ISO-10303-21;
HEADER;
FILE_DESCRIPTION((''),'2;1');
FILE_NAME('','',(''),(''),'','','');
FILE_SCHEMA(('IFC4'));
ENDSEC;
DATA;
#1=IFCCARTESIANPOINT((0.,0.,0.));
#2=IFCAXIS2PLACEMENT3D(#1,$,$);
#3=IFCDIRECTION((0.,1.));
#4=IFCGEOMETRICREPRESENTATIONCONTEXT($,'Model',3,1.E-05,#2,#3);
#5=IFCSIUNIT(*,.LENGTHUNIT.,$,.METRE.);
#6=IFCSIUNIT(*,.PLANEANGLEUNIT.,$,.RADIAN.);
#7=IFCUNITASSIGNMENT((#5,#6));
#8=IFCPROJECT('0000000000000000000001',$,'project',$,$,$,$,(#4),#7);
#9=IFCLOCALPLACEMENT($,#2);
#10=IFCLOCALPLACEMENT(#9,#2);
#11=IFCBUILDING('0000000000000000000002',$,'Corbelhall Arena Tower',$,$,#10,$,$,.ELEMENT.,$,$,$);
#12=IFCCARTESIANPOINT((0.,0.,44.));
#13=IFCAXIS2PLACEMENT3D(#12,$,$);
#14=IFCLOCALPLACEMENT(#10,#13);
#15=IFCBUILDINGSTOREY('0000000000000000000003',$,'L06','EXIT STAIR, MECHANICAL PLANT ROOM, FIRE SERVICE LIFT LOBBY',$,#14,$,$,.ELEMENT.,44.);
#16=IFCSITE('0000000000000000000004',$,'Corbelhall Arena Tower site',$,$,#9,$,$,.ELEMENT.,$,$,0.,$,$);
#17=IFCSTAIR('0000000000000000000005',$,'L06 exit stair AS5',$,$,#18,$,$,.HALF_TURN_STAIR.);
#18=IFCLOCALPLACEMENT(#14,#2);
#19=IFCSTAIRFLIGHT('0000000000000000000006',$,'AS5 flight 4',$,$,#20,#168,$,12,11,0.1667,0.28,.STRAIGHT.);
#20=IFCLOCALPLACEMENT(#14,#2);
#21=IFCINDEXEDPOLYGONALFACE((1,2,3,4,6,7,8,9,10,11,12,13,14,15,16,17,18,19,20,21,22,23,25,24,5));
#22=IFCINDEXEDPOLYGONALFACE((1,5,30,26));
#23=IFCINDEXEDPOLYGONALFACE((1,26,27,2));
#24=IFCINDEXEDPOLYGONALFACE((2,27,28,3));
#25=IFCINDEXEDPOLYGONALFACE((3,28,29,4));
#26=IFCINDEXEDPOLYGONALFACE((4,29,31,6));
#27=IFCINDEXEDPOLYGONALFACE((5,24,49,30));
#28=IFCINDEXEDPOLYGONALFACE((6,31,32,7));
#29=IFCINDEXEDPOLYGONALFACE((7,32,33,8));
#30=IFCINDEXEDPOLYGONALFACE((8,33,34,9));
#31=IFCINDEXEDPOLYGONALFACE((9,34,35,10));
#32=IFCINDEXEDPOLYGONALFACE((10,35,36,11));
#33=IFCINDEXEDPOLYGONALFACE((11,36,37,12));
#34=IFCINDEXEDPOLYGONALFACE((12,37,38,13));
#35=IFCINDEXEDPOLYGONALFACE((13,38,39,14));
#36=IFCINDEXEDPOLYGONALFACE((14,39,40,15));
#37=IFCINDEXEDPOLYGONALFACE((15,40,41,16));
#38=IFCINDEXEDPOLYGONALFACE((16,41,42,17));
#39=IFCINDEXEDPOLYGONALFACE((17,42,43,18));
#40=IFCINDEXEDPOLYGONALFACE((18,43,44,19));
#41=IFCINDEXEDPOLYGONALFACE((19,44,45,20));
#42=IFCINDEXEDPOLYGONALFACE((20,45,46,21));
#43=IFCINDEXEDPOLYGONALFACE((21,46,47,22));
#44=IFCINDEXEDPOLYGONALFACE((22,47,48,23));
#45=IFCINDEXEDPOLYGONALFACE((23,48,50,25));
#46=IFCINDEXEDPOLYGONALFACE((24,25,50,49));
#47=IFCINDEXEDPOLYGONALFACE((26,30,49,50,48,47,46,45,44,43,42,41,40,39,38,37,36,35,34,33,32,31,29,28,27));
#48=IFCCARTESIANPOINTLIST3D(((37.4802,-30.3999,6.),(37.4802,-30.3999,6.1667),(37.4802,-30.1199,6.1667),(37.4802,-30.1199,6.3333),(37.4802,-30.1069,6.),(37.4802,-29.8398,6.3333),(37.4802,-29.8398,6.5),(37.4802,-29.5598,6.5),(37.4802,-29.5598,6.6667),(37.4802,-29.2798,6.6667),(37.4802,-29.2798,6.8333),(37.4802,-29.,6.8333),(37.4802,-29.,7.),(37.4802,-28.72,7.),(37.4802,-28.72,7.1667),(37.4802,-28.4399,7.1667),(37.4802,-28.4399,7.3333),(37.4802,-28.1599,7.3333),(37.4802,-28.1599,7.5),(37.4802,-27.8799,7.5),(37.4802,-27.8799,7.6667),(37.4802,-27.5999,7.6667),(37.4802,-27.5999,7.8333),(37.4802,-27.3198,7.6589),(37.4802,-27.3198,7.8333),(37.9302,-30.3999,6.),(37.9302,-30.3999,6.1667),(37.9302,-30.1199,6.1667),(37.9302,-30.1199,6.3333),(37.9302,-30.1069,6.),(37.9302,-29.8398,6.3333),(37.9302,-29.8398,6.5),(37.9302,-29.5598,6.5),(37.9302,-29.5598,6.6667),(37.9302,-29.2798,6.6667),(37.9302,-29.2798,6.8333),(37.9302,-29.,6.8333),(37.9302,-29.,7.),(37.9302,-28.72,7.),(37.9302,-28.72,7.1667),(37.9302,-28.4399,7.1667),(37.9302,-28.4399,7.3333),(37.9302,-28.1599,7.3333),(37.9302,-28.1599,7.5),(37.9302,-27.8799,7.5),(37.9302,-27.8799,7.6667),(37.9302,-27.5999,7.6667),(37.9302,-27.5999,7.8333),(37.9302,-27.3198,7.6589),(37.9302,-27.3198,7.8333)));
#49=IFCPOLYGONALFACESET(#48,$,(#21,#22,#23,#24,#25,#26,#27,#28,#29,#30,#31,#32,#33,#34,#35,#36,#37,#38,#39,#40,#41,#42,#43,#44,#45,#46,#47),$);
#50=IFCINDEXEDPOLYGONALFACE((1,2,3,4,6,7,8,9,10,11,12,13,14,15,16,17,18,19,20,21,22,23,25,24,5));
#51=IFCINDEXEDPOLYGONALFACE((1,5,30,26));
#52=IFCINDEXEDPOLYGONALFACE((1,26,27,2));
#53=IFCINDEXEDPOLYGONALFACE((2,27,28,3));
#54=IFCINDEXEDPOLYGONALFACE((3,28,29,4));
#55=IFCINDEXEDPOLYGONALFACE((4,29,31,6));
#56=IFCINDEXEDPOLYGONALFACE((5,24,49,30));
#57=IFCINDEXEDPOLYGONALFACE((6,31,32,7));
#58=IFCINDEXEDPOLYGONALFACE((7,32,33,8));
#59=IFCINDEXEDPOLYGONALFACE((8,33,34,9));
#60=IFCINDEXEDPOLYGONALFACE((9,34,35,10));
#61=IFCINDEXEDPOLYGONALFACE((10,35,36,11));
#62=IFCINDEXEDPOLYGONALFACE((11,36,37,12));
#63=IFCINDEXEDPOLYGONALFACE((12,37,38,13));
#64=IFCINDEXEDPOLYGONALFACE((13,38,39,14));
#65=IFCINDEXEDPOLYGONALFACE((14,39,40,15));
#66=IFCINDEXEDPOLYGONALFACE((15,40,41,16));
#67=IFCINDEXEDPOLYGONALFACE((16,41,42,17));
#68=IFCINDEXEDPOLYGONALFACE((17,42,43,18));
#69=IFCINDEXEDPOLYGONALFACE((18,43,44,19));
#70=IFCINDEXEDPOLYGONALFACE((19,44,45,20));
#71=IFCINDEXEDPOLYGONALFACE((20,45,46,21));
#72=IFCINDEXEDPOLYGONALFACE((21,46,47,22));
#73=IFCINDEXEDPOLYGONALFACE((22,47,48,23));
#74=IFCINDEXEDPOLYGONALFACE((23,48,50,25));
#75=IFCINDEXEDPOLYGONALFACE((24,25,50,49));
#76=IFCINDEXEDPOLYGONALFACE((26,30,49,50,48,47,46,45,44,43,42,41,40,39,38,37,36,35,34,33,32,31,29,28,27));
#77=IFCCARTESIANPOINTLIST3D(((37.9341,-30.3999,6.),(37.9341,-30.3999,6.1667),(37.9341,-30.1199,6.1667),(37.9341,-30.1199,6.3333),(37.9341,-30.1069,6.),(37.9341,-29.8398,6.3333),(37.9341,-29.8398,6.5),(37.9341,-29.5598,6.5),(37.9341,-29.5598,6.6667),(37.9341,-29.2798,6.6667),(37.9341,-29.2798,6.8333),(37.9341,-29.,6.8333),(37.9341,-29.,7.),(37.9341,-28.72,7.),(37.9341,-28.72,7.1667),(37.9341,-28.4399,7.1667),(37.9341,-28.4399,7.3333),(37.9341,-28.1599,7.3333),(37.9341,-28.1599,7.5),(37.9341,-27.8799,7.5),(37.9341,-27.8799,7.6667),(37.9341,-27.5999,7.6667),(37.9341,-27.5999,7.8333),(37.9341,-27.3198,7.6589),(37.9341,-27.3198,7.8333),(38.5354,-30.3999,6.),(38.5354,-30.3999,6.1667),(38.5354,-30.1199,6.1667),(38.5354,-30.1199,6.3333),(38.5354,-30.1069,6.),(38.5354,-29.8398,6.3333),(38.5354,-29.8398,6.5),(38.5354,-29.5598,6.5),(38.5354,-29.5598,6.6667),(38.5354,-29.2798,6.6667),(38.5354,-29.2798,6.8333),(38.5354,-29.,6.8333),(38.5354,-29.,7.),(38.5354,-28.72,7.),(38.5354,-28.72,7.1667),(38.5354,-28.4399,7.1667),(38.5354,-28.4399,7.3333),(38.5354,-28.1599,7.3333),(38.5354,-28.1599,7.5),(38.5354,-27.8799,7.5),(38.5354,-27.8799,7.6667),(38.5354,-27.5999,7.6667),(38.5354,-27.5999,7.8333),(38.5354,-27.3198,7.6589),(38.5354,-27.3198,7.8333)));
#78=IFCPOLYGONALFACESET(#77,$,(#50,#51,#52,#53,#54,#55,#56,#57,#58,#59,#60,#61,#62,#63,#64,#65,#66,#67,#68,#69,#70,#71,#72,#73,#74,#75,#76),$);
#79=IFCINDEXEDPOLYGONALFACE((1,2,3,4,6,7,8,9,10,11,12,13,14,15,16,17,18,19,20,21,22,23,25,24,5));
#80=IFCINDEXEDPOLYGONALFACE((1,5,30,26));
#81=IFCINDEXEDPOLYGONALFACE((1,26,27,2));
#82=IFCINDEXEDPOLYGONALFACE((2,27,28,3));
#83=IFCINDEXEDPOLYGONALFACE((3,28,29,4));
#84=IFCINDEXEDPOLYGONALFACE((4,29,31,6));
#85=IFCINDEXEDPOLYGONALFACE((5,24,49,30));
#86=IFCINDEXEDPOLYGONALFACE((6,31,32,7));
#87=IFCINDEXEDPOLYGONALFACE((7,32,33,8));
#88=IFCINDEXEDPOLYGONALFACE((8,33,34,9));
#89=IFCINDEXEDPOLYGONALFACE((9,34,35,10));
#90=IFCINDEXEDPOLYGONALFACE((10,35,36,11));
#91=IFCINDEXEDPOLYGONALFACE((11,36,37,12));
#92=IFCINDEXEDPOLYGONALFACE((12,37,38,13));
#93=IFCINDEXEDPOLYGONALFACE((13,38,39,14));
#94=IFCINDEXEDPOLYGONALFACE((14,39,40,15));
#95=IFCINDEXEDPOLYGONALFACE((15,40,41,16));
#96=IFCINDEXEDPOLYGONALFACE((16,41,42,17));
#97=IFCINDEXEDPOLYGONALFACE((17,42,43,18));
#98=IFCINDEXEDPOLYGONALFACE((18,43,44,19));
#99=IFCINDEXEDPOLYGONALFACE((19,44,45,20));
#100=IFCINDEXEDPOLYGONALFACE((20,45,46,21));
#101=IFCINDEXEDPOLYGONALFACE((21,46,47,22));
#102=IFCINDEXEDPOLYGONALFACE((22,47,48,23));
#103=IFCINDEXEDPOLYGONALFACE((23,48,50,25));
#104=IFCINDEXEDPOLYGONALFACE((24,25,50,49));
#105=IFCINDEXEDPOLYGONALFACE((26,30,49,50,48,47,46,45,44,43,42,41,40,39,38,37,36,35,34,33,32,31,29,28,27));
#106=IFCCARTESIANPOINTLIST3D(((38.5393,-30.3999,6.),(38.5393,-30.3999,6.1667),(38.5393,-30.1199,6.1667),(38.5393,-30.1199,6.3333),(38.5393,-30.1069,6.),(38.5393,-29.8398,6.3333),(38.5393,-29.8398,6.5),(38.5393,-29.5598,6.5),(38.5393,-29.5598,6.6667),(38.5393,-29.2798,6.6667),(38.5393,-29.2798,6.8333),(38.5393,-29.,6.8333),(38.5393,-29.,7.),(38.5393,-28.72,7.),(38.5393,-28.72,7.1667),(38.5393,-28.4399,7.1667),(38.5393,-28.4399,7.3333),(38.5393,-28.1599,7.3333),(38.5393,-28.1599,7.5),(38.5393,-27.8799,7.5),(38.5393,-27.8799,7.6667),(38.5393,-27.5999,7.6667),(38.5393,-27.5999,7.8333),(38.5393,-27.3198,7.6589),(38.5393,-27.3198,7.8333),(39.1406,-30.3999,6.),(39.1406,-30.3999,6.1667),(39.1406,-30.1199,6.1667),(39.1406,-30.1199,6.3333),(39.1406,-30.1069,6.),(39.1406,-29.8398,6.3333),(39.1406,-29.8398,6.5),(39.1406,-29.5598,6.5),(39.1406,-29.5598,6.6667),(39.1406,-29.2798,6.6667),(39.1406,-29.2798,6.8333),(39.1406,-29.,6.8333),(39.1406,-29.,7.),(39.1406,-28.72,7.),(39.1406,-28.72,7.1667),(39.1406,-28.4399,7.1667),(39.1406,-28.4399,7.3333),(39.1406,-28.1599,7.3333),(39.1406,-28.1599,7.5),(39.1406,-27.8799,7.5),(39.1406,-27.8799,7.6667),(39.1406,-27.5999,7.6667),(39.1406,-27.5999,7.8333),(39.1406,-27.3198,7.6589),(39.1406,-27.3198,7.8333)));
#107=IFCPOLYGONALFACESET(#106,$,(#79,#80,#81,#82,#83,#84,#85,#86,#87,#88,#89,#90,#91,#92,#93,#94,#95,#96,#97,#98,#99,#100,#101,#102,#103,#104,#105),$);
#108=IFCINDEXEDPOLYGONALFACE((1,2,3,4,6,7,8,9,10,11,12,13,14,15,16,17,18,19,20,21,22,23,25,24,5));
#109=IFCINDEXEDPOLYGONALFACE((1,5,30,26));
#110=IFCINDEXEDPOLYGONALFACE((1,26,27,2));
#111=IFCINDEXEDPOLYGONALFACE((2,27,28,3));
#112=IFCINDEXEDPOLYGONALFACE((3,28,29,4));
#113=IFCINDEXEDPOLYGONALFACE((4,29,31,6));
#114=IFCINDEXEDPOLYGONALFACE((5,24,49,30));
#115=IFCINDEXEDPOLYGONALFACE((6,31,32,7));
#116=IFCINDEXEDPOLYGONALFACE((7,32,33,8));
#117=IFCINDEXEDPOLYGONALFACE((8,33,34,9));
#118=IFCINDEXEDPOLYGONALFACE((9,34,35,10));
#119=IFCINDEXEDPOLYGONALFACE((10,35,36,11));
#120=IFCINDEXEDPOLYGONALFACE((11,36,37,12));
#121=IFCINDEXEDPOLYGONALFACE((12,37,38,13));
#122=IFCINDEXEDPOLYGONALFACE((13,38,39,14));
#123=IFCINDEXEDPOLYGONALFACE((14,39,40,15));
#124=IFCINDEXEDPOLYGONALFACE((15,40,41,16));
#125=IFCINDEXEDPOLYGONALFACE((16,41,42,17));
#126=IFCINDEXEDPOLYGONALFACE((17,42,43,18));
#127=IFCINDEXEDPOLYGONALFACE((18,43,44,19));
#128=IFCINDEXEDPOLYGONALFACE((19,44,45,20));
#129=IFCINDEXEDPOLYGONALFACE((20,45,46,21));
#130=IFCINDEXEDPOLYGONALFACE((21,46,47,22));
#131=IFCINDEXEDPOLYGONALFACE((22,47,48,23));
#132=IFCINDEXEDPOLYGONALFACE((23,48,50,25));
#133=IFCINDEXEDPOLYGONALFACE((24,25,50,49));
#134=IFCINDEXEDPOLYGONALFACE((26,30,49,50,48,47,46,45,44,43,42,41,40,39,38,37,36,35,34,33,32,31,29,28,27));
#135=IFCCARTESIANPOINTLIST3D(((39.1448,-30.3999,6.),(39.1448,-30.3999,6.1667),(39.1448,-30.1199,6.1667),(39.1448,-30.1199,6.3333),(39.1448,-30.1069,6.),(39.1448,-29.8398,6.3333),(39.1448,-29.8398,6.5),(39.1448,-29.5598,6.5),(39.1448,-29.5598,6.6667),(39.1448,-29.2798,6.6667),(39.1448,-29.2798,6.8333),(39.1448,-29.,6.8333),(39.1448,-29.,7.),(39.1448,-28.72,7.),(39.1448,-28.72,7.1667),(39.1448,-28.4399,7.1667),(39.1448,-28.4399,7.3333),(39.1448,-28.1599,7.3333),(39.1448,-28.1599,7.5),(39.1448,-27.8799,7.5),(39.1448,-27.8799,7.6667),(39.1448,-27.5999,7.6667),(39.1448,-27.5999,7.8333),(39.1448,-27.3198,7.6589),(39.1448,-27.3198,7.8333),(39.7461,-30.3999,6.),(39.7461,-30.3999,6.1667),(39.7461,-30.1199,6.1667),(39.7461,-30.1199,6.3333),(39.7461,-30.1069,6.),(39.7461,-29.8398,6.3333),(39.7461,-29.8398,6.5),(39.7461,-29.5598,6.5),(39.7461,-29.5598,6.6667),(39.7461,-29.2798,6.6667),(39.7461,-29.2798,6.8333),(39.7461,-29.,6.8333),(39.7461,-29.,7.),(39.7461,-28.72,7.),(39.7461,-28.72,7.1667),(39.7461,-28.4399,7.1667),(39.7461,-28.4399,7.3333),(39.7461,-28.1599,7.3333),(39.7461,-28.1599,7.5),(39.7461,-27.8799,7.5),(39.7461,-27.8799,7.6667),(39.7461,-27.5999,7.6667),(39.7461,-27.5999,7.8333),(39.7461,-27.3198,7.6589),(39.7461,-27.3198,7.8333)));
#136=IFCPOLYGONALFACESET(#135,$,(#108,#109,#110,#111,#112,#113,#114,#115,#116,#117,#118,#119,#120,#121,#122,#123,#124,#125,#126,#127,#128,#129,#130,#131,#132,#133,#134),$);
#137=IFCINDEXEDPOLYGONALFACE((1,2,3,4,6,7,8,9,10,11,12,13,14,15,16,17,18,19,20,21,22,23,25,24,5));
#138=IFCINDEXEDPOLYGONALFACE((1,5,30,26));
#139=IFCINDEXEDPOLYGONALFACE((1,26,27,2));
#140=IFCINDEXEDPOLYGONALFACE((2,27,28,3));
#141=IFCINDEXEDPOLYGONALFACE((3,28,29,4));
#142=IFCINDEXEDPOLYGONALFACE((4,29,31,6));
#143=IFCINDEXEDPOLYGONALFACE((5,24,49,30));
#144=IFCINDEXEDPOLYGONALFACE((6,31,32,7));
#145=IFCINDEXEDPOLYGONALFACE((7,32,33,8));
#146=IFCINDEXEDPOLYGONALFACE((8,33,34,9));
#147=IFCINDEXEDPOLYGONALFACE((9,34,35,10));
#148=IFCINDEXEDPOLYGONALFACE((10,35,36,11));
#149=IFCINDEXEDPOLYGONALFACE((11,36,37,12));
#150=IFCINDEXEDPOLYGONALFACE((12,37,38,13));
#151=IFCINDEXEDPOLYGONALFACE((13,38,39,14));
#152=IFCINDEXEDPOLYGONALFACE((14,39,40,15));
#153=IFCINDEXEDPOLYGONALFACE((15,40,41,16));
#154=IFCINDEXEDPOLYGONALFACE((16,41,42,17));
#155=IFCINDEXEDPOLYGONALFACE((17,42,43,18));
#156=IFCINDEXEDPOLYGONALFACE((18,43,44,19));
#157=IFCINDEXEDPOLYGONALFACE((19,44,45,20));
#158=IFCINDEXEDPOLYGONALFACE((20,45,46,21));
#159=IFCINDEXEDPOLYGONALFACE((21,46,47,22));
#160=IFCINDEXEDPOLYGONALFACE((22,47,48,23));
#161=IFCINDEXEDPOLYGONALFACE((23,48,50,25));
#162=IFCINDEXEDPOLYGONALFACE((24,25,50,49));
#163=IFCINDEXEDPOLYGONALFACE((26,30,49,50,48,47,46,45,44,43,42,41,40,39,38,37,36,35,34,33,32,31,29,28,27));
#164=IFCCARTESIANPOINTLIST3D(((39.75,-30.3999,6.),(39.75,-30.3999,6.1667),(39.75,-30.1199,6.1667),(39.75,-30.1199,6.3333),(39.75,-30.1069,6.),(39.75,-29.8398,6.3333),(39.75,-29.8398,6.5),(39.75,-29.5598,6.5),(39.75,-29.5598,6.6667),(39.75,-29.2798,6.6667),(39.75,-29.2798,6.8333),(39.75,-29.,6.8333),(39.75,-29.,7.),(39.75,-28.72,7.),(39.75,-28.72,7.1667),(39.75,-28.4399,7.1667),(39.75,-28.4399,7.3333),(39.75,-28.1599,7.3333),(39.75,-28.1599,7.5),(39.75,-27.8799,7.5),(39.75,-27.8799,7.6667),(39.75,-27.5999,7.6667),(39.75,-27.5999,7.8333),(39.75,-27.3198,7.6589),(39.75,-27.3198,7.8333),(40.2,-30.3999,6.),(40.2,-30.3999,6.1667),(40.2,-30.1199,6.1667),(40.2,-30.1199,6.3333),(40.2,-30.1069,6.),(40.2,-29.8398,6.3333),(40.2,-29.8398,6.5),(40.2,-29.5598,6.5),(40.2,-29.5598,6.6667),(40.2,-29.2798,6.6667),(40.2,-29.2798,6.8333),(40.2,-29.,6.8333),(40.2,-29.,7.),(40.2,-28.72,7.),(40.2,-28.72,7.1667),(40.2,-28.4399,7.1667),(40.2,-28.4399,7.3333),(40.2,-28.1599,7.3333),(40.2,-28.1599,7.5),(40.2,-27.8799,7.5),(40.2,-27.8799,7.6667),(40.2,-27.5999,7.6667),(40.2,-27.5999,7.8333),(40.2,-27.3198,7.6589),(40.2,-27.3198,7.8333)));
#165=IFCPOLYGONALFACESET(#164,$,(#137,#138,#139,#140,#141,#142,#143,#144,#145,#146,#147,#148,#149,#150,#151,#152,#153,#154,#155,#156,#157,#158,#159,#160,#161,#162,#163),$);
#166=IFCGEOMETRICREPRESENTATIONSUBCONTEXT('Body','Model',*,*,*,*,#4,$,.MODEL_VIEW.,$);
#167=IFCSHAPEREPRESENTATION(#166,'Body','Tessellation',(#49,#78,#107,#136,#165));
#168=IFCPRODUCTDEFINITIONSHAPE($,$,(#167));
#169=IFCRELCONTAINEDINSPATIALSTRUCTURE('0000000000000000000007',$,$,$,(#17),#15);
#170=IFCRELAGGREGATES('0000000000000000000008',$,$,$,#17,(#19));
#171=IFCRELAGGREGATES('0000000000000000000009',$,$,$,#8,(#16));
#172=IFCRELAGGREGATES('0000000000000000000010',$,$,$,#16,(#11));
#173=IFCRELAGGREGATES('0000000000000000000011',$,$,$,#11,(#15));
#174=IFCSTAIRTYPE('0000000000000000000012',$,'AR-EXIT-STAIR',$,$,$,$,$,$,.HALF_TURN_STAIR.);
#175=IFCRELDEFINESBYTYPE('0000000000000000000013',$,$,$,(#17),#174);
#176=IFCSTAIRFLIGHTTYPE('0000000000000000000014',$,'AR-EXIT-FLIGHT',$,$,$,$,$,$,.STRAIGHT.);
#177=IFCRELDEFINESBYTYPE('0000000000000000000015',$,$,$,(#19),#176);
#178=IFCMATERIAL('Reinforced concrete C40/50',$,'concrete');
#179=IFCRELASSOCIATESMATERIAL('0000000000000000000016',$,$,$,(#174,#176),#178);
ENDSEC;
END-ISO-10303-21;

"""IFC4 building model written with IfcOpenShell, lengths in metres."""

from ifc_helpers import new_model, si_unit, direction, frame, origin, place, context, subcontext, project, spatial, polyline, outline, extrude, material, type_object, element, aggregate, save


model = new_model("IFC4")

# Units and contexts
model_context = context("Model", 3, precision=1e-05, world=origin(), true_north=direction((0.0, 1.0)))
body_context = subcontext(model_context, "Body", "Model", "MODEL_VIEW")
ifc_project = project(units=[si_unit("LENGTHUNIT", "METRE"), si_unit("PLANEANGLEUNIT", "RADIAN")], contexts=[model_context])

# Site, building, storey
site_placement = place(None, origin())
site = spatial("IfcSite", under=ifc_project, at=site_placement, Name="Corbelhall Arena Tower site", CompositionType="ELEMENT", RefElevation=0.0)
building_placement = place(site_placement, origin())
building = spatial("IfcBuilding", under=site, at=building_placement, Name="Corbelhall Arena Tower", CompositionType="ELEMENT")
storey_placement = place(building_placement, frame((0.0, 0.0, 44.0)))
storey = spatial("IfcBuildingStorey", under=building, at=storey_placement, Name="L06", Description="EXIT STAIR, MECHANICAL PLANT ROOM, FIRE SERVICE LIFT LOBBY", CompositionType="ELEMENT", Elevation=44.0)

# Shared definitions
ifc_material_1 = material(Name="Reinforced concrete C40/50", Category="concrete")

# Stair, stair flight
stair_type = type_object("IfcStairType", Name="AR-EXIT-STAIR", PredefinedType="HALF_TURN_STAIR", material=ifc_material_1)
stair_1_placement = place(storey_placement, origin())
stair_1 = element("IfcStair", 1, at=stair_1_placement, inside=storey, type_object=stair_type, Name="L06 exit stair AS5", PredefinedType="HALF_TURN_STAIR")
stair_flight_type = type_object("IfcStairFlightType", Name="AR-EXIT-FLIGHT", PredefinedType="STRAIGHT", material=ifc_material_1)
stair_flight_1_placement = place(storey_placement, frame((38.8401, -30.3999, 6.0), z_axis=(0.0, 0.0, 1.0), x_axis=(0.0, 1.0, 0.0)))
stair_flight_1 = element("IfcStairFlight", 2, at=stair_flight_1_placement, type_object=stair_flight_type, Name="AS5 flight 4", NumberOfRisers=12, NumberOfTreads=11, PredefinedType="STRAIGHT", RiserHeight=0.1667, TreadLength=0.28, context=body_context, shape_type="SweptSolid", body=[
    extrude(outline(polyline([(0.0, 0.0), (0.0, 0.1667), (0.28, 0.1667), (0.28, 0.3333), (0.5601, 0.3333), (0.5601, 0.5), (0.8401, 0.5), (0.8401, 0.6667), (1.1201, 0.6667), (1.1201, 0.8333), (1.3999, 0.8333), (1.3999, 1.0), (1.6799, 1.0), (1.6799, 1.1667), (1.96, 1.1667), (1.96, 1.3333), (2.24, 1.3333), (2.24, 1.5), (2.52, 1.5), (2.52, 1.6667), (2.8, 1.6667), (2.8, 1.8333), (3.0801, 1.8333), (3.0801, 2.0), (3.0801, 1.6589), (0.293, 0.0), (0.0, 0.0)])), frame((0.0, 1.3599, 0.0), z_axis=(0.0, -1.0, 0.0), x_axis=(1.0, 0.0, 0.0)), (0.0, 0.0, 1.0), 0.45),
    extrude(outline(polyline([(0.0, 0.0), (0.0, 0.1667), (0.28, 0.1667), (0.28, 0.3333), (0.5601, 0.3333), (0.5601, 0.5), (0.8401, 0.5), (0.8401, 0.6667), (1.1201, 0.6667), (1.1201, 0.8333), (1.3999, 0.8333), (1.3999, 1.0), (1.6799, 1.0), (1.6799, 1.1667), (1.96, 1.1667), (1.96, 1.3333), (2.24, 1.3333), (2.24, 1.5), (2.52, 1.5), (2.52, 1.6667), (2.8, 1.6667), (2.8, 1.8333), (3.0801, 1.8333), (3.0801, 2.0), (3.0801, 1.6589), (0.293, 0.0), (0.0, 0.0)])), frame((0.0, 0.906, 0.0), z_axis=(0.0, -1.0, 0.0), x_axis=(1.0, 0.0, 0.0)), (0.0, 0.0, 1.0), 0.6013),
    extrude(outline(polyline([(0.0, 0.0), (0.0, 0.1667), (0.28, 0.1667), (0.28, 0.3333), (0.5601, 0.3333), (0.5601, 0.5), (0.8401, 0.5), (0.8401, 0.6667), (1.1201, 0.6667), (1.1201, 0.8333), (1.3999, 0.8333), (1.3999, 1.0), (1.6799, 1.0), (1.6799, 1.1667), (1.96, 1.1667), (1.96, 1.3333), (2.24, 1.3333), (2.24, 1.5), (2.52, 1.5), (2.52, 1.6667), (2.8, 1.6667), (2.8, 1.8333), (3.0801, 1.8333), (3.0801, 2.0), (3.0801, 1.6589), (0.293, 0.0), (0.0, 0.0)])), frame((0.0, 0.3008, 0.0), z_axis=(0.0, -1.0, 0.0), x_axis=(1.0, 0.0, 0.0)), (0.0, 0.0, 1.0), 0.6013),
    extrude(outline(polyline([(0.0, 0.0), (0.0, 0.1667), (0.28, 0.1667), (0.28, 0.3333), (0.5601, 0.3333), (0.5601, 0.5), (0.8401, 0.5), (0.8401, 0.6667), (1.1201, 0.6667), (1.1201, 0.8333), (1.3999, 0.8333), (1.3999, 1.0), (1.6799, 1.0), (1.6799, 1.1667), (1.96, 1.1667), (1.96, 1.3333), (2.24, 1.3333), (2.24, 1.5), (2.52, 1.5), (2.52, 1.6667), (2.8, 1.6667), (2.8, 1.8333), (3.0801, 1.8333), (3.0801, 2.0), (3.0801, 1.6589), (0.293, 0.0), (0.0, 0.0)])), frame((0.0, -0.3047, 0.0), z_axis=(0.0, -1.0, 0.0), x_axis=(1.0, 0.0, 0.0)), (0.0, 0.0, 1.0), 0.6013),
    extrude(outline(polyline([(0.0, 0.0), (0.0, 0.1667), (0.28, 0.1667), (0.28, 0.3333), (0.5601, 0.3333), (0.5601, 0.5), (0.8401, 0.5), (0.8401, 0.6667), (1.1201, 0.6667), (1.1201, 0.8333), (1.3999, 0.8333), (1.3999, 1.0), (1.6799, 1.0), (1.6799, 1.1667), (1.96, 1.1667), (1.96, 1.3333), (2.24, 1.3333), (2.24, 1.5), (2.52, 1.5), (2.52, 1.6667), (2.8, 1.6667), (2.8, 1.8333), (3.0801, 1.8333), (3.0801, 2.0), (3.0801, 1.6589), (0.293, 0.0), (0.0, 0.0)])), frame((0.0, -0.9099, 0.0), z_axis=(0.0, -1.0, 0.0), x_axis=(1.0, 0.0, 0.0)), (0.0, 0.0, 1.0), 0.45),
])
aggregate(stair_1, [stair_flight_1])

save(model, "model.ifc")
